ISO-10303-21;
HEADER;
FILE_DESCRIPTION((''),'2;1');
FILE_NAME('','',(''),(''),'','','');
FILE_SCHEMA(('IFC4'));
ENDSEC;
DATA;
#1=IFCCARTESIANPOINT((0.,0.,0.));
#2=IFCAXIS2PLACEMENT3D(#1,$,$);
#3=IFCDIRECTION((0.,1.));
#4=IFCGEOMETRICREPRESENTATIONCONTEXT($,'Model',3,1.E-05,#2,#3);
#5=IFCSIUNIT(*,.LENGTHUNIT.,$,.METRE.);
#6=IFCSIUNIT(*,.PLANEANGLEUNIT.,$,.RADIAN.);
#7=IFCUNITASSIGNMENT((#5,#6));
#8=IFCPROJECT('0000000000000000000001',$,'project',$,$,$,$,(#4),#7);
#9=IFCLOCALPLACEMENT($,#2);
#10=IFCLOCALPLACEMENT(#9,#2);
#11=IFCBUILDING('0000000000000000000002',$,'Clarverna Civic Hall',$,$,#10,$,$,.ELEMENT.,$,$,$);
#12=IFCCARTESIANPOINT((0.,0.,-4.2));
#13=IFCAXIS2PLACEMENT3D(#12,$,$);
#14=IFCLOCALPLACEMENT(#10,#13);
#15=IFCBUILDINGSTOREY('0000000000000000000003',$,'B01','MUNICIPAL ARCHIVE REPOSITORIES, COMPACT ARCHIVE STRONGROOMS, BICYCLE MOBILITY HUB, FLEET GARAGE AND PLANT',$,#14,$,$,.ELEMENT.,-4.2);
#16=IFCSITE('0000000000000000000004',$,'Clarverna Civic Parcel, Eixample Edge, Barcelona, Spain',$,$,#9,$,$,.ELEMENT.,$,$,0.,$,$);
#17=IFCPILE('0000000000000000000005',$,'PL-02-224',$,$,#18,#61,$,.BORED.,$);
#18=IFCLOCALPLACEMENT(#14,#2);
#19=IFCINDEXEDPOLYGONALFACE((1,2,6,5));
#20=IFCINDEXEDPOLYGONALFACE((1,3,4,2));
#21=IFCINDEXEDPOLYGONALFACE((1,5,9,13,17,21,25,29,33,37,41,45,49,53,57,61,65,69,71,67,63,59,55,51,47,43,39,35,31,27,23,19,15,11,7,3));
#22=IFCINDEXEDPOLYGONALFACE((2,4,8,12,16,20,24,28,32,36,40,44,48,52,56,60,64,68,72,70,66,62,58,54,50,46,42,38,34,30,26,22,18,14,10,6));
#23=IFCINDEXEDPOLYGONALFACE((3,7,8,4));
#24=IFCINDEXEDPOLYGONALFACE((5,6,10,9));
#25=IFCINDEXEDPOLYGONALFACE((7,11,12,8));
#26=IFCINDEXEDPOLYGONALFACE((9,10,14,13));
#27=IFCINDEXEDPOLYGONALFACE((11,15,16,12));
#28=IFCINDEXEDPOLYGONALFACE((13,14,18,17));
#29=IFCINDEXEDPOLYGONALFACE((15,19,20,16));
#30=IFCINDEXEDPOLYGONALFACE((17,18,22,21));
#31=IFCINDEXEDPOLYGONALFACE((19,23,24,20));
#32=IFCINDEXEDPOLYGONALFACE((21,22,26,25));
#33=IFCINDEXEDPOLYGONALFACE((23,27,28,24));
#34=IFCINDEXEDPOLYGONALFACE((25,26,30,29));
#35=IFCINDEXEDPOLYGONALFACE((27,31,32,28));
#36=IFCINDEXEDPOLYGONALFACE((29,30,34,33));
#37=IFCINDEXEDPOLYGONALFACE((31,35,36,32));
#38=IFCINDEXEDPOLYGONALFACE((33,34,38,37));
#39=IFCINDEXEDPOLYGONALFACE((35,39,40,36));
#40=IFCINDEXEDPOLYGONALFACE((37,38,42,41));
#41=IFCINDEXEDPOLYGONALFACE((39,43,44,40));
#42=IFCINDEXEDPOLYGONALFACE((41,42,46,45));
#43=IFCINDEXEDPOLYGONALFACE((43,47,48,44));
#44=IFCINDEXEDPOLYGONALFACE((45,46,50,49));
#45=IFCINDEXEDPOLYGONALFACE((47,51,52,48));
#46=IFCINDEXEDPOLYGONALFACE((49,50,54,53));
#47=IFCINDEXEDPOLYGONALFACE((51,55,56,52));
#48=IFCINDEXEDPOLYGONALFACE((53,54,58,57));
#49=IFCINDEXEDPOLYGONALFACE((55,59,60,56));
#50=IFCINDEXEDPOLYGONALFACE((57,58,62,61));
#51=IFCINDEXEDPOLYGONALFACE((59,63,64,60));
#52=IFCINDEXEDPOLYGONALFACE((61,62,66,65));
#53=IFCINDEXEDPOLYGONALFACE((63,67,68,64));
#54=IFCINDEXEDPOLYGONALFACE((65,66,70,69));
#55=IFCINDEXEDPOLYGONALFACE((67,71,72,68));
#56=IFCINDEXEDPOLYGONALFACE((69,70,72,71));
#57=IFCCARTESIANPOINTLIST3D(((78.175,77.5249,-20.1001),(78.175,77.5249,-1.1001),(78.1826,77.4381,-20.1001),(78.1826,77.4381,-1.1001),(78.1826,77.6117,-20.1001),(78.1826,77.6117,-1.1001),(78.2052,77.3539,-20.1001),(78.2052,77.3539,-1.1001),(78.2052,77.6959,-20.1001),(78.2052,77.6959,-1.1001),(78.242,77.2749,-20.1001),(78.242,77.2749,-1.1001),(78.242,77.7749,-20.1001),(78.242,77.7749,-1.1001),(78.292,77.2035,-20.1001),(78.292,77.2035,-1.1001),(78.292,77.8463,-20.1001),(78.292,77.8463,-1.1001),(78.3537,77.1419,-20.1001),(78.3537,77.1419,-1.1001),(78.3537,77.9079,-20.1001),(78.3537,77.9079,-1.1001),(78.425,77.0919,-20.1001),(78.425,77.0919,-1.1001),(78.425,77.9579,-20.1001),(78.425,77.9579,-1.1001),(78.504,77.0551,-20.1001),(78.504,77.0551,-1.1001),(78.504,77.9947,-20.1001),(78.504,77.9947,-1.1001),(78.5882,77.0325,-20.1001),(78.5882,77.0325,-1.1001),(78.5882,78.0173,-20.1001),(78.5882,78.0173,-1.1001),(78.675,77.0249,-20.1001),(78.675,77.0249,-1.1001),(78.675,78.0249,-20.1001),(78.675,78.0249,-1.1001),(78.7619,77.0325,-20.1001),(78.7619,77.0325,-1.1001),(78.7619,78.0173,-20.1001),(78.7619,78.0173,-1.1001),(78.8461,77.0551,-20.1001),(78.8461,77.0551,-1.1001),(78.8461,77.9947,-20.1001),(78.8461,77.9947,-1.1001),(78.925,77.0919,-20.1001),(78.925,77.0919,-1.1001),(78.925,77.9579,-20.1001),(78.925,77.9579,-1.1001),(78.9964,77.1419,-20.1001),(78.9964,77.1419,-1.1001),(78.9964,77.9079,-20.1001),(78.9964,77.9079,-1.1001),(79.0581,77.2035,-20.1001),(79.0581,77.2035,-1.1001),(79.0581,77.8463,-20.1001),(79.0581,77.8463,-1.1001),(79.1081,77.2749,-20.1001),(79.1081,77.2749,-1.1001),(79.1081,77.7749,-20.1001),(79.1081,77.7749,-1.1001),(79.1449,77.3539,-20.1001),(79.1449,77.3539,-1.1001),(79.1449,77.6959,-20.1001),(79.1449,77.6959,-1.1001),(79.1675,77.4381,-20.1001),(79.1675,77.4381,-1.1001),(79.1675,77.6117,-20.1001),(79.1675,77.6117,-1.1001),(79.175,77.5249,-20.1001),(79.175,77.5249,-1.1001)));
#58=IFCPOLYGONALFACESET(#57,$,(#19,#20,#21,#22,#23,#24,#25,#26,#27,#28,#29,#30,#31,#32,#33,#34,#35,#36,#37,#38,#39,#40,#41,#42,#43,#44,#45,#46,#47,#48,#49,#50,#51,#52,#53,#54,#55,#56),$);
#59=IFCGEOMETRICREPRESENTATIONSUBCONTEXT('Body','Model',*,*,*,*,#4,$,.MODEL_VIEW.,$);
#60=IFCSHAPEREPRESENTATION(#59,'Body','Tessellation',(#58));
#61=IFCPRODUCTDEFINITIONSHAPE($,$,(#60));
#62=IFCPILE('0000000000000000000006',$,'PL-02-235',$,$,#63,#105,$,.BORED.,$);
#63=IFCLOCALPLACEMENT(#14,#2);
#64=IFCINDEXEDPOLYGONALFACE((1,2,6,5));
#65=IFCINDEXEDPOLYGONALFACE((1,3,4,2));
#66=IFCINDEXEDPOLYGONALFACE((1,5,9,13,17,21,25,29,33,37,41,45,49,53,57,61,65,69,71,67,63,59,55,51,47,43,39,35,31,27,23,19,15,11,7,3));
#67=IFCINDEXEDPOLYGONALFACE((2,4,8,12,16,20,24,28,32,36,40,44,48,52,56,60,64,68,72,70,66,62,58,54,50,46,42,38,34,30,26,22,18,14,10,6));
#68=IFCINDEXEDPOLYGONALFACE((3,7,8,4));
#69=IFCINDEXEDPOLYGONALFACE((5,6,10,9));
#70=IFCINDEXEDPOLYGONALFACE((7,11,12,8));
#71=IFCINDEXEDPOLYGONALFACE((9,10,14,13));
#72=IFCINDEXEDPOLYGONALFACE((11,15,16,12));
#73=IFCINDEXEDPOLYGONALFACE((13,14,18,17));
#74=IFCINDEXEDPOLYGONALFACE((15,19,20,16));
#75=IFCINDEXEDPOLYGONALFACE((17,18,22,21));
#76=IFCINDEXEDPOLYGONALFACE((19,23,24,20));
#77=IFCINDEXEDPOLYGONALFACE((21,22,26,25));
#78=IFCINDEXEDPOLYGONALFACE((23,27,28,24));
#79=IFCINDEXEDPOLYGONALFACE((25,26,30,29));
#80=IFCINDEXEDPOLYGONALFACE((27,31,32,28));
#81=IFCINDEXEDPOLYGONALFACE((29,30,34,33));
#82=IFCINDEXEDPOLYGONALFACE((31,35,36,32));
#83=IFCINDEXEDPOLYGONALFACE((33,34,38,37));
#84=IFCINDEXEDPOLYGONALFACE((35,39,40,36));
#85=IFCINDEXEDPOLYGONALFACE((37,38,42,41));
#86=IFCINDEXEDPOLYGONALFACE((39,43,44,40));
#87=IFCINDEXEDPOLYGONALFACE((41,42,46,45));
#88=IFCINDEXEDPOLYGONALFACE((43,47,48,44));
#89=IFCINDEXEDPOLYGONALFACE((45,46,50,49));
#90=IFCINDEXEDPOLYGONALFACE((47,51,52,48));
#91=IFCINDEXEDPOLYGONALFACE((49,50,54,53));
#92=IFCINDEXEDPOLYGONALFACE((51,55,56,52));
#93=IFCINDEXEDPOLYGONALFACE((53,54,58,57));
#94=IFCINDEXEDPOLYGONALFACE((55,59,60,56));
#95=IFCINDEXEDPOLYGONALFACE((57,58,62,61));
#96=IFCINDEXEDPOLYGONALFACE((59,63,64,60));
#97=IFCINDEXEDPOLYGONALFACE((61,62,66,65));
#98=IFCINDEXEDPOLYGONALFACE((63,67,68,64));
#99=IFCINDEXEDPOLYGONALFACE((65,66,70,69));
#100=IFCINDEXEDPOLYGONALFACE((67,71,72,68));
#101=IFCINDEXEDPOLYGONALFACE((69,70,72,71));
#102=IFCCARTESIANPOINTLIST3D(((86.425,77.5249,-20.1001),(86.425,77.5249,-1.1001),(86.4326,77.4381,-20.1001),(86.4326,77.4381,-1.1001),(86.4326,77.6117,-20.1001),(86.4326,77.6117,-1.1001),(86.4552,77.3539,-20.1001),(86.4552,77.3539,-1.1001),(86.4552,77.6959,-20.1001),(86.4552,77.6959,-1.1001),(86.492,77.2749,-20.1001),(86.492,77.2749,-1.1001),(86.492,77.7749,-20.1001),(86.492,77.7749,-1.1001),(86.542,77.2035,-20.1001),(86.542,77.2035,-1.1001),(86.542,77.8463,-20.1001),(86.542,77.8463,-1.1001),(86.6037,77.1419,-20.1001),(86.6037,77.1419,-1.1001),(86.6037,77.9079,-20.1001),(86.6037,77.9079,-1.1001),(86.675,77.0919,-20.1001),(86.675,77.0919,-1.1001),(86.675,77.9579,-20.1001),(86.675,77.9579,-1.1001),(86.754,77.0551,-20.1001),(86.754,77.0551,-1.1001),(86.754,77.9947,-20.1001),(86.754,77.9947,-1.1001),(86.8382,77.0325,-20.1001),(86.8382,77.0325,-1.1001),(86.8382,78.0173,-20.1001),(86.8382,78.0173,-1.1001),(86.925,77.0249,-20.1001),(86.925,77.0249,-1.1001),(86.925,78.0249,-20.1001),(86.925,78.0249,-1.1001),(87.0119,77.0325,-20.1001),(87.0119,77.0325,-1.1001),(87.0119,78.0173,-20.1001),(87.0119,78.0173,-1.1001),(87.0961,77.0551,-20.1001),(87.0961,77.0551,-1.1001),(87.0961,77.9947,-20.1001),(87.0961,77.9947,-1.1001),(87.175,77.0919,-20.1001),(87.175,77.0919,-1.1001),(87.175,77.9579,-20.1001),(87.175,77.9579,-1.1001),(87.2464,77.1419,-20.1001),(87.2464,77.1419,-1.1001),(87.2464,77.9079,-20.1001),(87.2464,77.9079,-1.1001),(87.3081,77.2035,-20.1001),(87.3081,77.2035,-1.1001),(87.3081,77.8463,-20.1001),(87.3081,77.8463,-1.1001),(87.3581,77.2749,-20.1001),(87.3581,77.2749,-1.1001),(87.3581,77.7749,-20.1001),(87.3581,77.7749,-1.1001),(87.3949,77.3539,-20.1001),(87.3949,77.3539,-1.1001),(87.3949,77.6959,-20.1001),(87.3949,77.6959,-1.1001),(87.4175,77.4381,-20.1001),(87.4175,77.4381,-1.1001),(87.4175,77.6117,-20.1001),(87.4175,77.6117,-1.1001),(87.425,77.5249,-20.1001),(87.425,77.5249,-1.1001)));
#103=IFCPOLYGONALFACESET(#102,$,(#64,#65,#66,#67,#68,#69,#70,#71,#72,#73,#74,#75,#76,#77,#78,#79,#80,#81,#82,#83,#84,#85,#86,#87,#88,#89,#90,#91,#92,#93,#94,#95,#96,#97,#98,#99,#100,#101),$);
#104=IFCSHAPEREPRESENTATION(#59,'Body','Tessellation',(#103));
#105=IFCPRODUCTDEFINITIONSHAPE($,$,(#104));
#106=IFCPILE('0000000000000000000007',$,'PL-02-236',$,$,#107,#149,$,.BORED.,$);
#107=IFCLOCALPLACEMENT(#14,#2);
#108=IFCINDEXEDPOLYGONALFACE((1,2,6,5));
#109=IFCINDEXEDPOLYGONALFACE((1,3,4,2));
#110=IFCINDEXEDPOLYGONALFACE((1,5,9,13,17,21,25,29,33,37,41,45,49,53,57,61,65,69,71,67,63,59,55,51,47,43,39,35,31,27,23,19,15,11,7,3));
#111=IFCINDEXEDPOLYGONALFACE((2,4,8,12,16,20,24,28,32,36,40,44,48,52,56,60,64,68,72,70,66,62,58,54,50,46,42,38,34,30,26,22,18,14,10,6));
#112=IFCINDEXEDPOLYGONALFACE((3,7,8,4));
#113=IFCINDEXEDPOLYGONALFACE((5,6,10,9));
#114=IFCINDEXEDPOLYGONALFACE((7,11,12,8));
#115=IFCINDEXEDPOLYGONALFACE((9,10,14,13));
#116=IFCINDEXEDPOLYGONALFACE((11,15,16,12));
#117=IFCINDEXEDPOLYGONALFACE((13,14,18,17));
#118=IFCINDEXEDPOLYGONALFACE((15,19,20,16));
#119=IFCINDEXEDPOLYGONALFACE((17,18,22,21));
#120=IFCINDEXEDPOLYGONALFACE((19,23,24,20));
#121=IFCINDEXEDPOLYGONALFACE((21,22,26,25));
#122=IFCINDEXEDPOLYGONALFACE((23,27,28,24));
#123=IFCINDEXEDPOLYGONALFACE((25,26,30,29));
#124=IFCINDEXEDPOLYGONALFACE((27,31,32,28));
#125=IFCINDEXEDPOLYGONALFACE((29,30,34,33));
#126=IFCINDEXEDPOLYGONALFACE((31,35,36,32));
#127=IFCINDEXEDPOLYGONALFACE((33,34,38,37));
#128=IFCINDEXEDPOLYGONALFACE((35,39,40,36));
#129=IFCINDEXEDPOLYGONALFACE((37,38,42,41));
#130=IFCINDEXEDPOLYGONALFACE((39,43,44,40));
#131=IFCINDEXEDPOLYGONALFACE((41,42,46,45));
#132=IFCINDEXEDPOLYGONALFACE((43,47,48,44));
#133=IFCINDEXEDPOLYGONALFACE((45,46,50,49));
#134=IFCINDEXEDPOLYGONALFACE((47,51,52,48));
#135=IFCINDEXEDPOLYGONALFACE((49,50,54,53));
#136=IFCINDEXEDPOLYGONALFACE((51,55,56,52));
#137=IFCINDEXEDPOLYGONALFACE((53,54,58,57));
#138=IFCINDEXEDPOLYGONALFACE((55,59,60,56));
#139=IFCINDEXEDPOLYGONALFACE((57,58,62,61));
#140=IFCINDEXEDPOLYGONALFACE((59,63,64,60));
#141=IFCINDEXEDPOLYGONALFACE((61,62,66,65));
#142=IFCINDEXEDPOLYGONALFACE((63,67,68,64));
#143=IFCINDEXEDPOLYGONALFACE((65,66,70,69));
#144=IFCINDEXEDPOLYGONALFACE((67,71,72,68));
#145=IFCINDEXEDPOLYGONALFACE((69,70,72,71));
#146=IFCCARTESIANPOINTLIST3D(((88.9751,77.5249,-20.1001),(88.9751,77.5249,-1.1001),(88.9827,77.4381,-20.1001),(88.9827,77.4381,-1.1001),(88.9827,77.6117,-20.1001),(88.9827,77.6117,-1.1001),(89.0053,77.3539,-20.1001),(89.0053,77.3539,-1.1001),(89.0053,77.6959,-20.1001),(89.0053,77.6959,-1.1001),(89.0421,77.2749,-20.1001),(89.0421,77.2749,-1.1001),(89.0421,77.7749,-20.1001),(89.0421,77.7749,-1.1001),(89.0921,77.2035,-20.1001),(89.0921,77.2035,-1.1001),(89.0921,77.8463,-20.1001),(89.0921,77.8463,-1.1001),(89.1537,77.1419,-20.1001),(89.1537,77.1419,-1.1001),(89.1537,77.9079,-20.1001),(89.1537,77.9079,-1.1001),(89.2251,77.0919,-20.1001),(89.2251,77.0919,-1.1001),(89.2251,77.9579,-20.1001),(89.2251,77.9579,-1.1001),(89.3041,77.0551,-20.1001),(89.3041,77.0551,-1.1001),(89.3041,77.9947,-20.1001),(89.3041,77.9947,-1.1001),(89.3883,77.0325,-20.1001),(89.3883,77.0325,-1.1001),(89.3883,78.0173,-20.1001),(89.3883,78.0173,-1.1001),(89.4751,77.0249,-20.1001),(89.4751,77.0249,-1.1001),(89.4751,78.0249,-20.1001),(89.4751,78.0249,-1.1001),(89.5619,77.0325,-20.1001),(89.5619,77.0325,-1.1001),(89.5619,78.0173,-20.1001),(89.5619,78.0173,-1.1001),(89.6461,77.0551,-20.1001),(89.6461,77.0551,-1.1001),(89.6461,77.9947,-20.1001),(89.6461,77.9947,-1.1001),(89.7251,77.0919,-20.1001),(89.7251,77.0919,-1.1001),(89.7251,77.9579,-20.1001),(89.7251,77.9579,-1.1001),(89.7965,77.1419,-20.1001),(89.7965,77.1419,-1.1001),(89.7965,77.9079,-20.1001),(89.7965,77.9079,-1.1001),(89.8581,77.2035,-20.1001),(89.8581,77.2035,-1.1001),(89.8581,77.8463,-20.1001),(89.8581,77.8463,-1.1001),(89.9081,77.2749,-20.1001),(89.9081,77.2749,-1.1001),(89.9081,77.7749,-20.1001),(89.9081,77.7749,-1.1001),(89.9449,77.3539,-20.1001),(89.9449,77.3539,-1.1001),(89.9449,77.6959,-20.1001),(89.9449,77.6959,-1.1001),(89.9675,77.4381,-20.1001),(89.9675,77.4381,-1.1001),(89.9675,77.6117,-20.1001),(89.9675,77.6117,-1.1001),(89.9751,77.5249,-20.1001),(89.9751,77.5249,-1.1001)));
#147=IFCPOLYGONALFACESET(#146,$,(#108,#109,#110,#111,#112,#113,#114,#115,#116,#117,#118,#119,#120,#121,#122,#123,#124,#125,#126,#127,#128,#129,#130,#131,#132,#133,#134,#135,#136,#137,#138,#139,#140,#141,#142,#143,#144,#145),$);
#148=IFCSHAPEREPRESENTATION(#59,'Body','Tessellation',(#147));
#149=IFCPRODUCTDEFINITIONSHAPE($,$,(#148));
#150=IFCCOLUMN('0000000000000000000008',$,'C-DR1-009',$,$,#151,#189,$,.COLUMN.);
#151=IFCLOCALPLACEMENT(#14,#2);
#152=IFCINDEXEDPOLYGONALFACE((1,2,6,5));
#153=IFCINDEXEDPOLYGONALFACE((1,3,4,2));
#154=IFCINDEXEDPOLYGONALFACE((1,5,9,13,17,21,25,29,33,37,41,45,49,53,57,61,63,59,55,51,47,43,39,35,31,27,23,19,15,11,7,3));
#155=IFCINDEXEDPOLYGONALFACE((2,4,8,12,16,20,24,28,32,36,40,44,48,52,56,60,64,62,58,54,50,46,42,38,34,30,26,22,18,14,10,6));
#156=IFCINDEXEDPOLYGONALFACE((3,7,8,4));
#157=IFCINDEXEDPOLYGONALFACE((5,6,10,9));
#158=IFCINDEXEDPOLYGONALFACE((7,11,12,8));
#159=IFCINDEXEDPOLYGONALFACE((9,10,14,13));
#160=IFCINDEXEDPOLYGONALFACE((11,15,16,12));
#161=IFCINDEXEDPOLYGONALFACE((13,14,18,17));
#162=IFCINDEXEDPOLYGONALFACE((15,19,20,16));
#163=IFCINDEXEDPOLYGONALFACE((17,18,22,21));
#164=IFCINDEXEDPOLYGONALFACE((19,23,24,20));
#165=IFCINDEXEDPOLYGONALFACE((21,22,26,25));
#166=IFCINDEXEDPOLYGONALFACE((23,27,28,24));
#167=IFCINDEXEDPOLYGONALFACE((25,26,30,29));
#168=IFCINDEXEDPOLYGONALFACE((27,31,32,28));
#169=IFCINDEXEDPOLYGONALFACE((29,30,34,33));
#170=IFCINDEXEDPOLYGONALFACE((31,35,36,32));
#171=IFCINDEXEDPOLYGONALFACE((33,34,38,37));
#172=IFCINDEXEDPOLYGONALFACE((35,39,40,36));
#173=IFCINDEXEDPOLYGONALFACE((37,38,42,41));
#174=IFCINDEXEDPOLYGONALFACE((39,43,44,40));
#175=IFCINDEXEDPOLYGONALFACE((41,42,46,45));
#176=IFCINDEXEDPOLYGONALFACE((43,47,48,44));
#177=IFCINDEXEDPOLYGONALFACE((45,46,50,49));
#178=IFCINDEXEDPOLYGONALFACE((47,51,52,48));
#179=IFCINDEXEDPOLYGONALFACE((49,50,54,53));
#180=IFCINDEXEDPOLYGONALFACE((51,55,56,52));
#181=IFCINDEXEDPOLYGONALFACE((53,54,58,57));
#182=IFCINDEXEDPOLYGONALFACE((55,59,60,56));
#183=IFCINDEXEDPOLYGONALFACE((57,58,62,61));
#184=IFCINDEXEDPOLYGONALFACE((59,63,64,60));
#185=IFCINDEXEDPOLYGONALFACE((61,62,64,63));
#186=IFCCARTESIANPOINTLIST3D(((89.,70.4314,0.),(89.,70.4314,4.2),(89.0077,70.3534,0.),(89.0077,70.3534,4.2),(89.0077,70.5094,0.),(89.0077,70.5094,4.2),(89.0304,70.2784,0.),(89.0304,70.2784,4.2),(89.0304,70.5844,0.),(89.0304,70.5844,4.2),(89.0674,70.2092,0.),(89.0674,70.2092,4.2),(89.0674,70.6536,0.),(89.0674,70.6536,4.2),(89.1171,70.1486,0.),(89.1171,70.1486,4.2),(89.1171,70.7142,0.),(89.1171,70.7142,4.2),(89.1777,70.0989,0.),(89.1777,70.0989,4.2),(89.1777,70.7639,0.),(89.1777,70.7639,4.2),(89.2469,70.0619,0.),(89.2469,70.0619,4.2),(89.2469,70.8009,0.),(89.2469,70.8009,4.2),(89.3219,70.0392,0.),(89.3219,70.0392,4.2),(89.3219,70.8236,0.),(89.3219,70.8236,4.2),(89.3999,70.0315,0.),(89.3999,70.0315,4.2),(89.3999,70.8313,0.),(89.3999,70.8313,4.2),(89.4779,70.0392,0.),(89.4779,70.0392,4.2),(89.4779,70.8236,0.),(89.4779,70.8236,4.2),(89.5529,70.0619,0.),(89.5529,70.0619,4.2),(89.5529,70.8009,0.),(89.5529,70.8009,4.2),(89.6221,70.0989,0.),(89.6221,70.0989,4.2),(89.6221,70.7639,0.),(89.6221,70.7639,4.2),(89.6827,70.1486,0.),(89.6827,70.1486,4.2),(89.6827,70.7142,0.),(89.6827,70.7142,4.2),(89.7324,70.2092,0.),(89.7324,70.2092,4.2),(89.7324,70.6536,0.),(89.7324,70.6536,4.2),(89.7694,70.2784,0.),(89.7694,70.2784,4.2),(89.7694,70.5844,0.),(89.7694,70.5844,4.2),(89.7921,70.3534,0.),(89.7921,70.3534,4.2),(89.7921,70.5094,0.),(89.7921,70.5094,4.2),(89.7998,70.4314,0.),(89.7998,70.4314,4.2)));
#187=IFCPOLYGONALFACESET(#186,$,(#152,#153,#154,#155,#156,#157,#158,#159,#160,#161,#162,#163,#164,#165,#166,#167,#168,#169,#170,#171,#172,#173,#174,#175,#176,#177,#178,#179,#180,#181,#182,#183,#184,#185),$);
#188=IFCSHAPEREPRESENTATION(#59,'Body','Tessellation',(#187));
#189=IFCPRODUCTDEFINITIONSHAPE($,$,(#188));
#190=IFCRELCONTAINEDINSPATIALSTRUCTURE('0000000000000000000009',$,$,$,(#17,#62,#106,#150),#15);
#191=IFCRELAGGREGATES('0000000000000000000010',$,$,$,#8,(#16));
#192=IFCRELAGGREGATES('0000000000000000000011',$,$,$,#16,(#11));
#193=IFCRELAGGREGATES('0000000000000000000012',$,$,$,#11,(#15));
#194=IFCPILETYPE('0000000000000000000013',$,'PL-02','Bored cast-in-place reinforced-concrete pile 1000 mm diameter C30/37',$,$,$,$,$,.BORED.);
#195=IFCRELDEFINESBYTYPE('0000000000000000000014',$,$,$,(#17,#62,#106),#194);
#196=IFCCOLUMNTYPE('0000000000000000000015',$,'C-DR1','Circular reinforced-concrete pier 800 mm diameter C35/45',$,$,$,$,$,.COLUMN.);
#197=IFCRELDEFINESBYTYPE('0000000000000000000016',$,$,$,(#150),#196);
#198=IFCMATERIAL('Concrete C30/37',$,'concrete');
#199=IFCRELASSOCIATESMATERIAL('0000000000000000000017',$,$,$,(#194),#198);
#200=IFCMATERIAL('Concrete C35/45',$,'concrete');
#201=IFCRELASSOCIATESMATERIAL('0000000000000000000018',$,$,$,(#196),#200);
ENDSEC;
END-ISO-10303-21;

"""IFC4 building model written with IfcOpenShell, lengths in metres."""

from ifc_helpers import new_model, si_unit, direction, frame, origin, origin_2d, place, context, subcontext, project, spatial, circle, extrude, material, material_profile, profile_set, type_object, element, save


model = new_model("IFC4")

# Units and contexts
model_context = context("Model", 3, precision=1e-05, world=origin(), true_north=direction((0.0, 1.0)))
body_context = subcontext(model_context, "Body", "Model", "MODEL_VIEW")
ifc_project = project(units=[si_unit("LENGTHUNIT", "METRE"), si_unit("PLANEANGLEUNIT", "RADIAN")], contexts=[model_context])

# Site, building, storey
site_placement = place(None, origin())
site = spatial("IfcSite", under=ifc_project, at=site_placement, Name="Clarverna Civic Parcel, Eixample Edge, Barcelona, Spain", CompositionType="ELEMENT", RefElevation=0.0)
building_placement = place(site_placement, origin())
building = spatial("IfcBuilding", under=site, at=building_placement, Name="Clarverna Civic Hall", CompositionType="ELEMENT")
storey_placement = place(building_placement, frame((0.0, 0.0, -4.2)))
storey = spatial("IfcBuildingStorey", under=building, at=storey_placement, Name="B01", Description="MUNICIPAL ARCHIVE REPOSITORIES, COMPACT ARCHIVE STRONGROOMS, BICYCLE MOBILITY HUB, FLEET GARAGE AND PLANT", CompositionType="ELEMENT", Elevation=-4.2)

# Shared definitions
ifc_material_1 = material(Name="Concrete C30/37", Category="concrete")

# Piles
ifc_material_profile_1 = material_profile(ifc_material_1, circle(Radius=0.5, at=origin_2d()), Name="BORED PILE D1000")
ifc_profile_set_1 = profile_set([ifc_material_profile_1], Name="Concrete C30/37")
pile_type_1 = type_object("IfcPileType", Name="PL-02", Description="Bored cast-in-place reinforced-concrete pile 1000 mm diameter C30/37", PredefinedType="BORED", material=ifc_profile_set_1)
for number, where, z_axis, x_axis, name in (
    (1, (78.675, 77.5249, -1.1001), (0.0, 0.0, -1.0), (1.0, 0.0, 0.0), "PL-02-224"),
    (2, (86.925, 77.5249, -1.1001), (0.0, 0.0, -1.0), (1.0, 0.0, 0.0), "PL-02-235"),
    (3, (89.4751, 77.5249, -1.1001), (0.0, 0.0, -1.0), (1.0, 0.0, 0.0), "PL-02-236"),
):
    element("IfcPile", number, at=place(storey_placement, frame(where, z_axis=z_axis, x_axis=x_axis)), inside=storey, type_object=pile_type_1, Name=name, PredefinedType="BORED", context=body_context, shape_type="SweptSolid", body=[
        extrude(circle(Radius=0.5, at=origin_2d()), origin(), (0.0, 0.0, 1.0), 19.0),
    ])

# Column
ifc_material_2 = material(Name="Concrete C35/45", Category="concrete")
ifc_material_profile_2 = material_profile(ifc_material_2, circle(Radius=0.3999, at=origin_2d()), Name="RC D800")
ifc_profile_set_2 = profile_set([ifc_material_profile_2], Name="Concrete C35/45")
column_type_1 = type_object("IfcColumnType", Name="C-DR1", Description="Circular reinforced-concrete pier 800 mm diameter C35/45", PredefinedType="COLUMN", material=ifc_profile_set_2)
for number, where, z_axis, x_axis, name in (
    (4, (89.3999, 70.4314, 0.0), (0.0, 0.0, 1.0), (1.0, 0.0, 0.0), "C-DR1-009"),
):
    element("IfcColumn", number, at=place(storey_placement, frame(where, z_axis=z_axis, x_axis=x_axis)), inside=storey, type_object=column_type_1, Name=name, PredefinedType="COLUMN", context=body_context, shape_type="SweptSolid", body=[
        extrude(circle(Radius=0.3999, at=origin_2d()), origin(), (0.0, 0.0, 1.0), 4.2),
    ])

save(model, "model.ifc")
